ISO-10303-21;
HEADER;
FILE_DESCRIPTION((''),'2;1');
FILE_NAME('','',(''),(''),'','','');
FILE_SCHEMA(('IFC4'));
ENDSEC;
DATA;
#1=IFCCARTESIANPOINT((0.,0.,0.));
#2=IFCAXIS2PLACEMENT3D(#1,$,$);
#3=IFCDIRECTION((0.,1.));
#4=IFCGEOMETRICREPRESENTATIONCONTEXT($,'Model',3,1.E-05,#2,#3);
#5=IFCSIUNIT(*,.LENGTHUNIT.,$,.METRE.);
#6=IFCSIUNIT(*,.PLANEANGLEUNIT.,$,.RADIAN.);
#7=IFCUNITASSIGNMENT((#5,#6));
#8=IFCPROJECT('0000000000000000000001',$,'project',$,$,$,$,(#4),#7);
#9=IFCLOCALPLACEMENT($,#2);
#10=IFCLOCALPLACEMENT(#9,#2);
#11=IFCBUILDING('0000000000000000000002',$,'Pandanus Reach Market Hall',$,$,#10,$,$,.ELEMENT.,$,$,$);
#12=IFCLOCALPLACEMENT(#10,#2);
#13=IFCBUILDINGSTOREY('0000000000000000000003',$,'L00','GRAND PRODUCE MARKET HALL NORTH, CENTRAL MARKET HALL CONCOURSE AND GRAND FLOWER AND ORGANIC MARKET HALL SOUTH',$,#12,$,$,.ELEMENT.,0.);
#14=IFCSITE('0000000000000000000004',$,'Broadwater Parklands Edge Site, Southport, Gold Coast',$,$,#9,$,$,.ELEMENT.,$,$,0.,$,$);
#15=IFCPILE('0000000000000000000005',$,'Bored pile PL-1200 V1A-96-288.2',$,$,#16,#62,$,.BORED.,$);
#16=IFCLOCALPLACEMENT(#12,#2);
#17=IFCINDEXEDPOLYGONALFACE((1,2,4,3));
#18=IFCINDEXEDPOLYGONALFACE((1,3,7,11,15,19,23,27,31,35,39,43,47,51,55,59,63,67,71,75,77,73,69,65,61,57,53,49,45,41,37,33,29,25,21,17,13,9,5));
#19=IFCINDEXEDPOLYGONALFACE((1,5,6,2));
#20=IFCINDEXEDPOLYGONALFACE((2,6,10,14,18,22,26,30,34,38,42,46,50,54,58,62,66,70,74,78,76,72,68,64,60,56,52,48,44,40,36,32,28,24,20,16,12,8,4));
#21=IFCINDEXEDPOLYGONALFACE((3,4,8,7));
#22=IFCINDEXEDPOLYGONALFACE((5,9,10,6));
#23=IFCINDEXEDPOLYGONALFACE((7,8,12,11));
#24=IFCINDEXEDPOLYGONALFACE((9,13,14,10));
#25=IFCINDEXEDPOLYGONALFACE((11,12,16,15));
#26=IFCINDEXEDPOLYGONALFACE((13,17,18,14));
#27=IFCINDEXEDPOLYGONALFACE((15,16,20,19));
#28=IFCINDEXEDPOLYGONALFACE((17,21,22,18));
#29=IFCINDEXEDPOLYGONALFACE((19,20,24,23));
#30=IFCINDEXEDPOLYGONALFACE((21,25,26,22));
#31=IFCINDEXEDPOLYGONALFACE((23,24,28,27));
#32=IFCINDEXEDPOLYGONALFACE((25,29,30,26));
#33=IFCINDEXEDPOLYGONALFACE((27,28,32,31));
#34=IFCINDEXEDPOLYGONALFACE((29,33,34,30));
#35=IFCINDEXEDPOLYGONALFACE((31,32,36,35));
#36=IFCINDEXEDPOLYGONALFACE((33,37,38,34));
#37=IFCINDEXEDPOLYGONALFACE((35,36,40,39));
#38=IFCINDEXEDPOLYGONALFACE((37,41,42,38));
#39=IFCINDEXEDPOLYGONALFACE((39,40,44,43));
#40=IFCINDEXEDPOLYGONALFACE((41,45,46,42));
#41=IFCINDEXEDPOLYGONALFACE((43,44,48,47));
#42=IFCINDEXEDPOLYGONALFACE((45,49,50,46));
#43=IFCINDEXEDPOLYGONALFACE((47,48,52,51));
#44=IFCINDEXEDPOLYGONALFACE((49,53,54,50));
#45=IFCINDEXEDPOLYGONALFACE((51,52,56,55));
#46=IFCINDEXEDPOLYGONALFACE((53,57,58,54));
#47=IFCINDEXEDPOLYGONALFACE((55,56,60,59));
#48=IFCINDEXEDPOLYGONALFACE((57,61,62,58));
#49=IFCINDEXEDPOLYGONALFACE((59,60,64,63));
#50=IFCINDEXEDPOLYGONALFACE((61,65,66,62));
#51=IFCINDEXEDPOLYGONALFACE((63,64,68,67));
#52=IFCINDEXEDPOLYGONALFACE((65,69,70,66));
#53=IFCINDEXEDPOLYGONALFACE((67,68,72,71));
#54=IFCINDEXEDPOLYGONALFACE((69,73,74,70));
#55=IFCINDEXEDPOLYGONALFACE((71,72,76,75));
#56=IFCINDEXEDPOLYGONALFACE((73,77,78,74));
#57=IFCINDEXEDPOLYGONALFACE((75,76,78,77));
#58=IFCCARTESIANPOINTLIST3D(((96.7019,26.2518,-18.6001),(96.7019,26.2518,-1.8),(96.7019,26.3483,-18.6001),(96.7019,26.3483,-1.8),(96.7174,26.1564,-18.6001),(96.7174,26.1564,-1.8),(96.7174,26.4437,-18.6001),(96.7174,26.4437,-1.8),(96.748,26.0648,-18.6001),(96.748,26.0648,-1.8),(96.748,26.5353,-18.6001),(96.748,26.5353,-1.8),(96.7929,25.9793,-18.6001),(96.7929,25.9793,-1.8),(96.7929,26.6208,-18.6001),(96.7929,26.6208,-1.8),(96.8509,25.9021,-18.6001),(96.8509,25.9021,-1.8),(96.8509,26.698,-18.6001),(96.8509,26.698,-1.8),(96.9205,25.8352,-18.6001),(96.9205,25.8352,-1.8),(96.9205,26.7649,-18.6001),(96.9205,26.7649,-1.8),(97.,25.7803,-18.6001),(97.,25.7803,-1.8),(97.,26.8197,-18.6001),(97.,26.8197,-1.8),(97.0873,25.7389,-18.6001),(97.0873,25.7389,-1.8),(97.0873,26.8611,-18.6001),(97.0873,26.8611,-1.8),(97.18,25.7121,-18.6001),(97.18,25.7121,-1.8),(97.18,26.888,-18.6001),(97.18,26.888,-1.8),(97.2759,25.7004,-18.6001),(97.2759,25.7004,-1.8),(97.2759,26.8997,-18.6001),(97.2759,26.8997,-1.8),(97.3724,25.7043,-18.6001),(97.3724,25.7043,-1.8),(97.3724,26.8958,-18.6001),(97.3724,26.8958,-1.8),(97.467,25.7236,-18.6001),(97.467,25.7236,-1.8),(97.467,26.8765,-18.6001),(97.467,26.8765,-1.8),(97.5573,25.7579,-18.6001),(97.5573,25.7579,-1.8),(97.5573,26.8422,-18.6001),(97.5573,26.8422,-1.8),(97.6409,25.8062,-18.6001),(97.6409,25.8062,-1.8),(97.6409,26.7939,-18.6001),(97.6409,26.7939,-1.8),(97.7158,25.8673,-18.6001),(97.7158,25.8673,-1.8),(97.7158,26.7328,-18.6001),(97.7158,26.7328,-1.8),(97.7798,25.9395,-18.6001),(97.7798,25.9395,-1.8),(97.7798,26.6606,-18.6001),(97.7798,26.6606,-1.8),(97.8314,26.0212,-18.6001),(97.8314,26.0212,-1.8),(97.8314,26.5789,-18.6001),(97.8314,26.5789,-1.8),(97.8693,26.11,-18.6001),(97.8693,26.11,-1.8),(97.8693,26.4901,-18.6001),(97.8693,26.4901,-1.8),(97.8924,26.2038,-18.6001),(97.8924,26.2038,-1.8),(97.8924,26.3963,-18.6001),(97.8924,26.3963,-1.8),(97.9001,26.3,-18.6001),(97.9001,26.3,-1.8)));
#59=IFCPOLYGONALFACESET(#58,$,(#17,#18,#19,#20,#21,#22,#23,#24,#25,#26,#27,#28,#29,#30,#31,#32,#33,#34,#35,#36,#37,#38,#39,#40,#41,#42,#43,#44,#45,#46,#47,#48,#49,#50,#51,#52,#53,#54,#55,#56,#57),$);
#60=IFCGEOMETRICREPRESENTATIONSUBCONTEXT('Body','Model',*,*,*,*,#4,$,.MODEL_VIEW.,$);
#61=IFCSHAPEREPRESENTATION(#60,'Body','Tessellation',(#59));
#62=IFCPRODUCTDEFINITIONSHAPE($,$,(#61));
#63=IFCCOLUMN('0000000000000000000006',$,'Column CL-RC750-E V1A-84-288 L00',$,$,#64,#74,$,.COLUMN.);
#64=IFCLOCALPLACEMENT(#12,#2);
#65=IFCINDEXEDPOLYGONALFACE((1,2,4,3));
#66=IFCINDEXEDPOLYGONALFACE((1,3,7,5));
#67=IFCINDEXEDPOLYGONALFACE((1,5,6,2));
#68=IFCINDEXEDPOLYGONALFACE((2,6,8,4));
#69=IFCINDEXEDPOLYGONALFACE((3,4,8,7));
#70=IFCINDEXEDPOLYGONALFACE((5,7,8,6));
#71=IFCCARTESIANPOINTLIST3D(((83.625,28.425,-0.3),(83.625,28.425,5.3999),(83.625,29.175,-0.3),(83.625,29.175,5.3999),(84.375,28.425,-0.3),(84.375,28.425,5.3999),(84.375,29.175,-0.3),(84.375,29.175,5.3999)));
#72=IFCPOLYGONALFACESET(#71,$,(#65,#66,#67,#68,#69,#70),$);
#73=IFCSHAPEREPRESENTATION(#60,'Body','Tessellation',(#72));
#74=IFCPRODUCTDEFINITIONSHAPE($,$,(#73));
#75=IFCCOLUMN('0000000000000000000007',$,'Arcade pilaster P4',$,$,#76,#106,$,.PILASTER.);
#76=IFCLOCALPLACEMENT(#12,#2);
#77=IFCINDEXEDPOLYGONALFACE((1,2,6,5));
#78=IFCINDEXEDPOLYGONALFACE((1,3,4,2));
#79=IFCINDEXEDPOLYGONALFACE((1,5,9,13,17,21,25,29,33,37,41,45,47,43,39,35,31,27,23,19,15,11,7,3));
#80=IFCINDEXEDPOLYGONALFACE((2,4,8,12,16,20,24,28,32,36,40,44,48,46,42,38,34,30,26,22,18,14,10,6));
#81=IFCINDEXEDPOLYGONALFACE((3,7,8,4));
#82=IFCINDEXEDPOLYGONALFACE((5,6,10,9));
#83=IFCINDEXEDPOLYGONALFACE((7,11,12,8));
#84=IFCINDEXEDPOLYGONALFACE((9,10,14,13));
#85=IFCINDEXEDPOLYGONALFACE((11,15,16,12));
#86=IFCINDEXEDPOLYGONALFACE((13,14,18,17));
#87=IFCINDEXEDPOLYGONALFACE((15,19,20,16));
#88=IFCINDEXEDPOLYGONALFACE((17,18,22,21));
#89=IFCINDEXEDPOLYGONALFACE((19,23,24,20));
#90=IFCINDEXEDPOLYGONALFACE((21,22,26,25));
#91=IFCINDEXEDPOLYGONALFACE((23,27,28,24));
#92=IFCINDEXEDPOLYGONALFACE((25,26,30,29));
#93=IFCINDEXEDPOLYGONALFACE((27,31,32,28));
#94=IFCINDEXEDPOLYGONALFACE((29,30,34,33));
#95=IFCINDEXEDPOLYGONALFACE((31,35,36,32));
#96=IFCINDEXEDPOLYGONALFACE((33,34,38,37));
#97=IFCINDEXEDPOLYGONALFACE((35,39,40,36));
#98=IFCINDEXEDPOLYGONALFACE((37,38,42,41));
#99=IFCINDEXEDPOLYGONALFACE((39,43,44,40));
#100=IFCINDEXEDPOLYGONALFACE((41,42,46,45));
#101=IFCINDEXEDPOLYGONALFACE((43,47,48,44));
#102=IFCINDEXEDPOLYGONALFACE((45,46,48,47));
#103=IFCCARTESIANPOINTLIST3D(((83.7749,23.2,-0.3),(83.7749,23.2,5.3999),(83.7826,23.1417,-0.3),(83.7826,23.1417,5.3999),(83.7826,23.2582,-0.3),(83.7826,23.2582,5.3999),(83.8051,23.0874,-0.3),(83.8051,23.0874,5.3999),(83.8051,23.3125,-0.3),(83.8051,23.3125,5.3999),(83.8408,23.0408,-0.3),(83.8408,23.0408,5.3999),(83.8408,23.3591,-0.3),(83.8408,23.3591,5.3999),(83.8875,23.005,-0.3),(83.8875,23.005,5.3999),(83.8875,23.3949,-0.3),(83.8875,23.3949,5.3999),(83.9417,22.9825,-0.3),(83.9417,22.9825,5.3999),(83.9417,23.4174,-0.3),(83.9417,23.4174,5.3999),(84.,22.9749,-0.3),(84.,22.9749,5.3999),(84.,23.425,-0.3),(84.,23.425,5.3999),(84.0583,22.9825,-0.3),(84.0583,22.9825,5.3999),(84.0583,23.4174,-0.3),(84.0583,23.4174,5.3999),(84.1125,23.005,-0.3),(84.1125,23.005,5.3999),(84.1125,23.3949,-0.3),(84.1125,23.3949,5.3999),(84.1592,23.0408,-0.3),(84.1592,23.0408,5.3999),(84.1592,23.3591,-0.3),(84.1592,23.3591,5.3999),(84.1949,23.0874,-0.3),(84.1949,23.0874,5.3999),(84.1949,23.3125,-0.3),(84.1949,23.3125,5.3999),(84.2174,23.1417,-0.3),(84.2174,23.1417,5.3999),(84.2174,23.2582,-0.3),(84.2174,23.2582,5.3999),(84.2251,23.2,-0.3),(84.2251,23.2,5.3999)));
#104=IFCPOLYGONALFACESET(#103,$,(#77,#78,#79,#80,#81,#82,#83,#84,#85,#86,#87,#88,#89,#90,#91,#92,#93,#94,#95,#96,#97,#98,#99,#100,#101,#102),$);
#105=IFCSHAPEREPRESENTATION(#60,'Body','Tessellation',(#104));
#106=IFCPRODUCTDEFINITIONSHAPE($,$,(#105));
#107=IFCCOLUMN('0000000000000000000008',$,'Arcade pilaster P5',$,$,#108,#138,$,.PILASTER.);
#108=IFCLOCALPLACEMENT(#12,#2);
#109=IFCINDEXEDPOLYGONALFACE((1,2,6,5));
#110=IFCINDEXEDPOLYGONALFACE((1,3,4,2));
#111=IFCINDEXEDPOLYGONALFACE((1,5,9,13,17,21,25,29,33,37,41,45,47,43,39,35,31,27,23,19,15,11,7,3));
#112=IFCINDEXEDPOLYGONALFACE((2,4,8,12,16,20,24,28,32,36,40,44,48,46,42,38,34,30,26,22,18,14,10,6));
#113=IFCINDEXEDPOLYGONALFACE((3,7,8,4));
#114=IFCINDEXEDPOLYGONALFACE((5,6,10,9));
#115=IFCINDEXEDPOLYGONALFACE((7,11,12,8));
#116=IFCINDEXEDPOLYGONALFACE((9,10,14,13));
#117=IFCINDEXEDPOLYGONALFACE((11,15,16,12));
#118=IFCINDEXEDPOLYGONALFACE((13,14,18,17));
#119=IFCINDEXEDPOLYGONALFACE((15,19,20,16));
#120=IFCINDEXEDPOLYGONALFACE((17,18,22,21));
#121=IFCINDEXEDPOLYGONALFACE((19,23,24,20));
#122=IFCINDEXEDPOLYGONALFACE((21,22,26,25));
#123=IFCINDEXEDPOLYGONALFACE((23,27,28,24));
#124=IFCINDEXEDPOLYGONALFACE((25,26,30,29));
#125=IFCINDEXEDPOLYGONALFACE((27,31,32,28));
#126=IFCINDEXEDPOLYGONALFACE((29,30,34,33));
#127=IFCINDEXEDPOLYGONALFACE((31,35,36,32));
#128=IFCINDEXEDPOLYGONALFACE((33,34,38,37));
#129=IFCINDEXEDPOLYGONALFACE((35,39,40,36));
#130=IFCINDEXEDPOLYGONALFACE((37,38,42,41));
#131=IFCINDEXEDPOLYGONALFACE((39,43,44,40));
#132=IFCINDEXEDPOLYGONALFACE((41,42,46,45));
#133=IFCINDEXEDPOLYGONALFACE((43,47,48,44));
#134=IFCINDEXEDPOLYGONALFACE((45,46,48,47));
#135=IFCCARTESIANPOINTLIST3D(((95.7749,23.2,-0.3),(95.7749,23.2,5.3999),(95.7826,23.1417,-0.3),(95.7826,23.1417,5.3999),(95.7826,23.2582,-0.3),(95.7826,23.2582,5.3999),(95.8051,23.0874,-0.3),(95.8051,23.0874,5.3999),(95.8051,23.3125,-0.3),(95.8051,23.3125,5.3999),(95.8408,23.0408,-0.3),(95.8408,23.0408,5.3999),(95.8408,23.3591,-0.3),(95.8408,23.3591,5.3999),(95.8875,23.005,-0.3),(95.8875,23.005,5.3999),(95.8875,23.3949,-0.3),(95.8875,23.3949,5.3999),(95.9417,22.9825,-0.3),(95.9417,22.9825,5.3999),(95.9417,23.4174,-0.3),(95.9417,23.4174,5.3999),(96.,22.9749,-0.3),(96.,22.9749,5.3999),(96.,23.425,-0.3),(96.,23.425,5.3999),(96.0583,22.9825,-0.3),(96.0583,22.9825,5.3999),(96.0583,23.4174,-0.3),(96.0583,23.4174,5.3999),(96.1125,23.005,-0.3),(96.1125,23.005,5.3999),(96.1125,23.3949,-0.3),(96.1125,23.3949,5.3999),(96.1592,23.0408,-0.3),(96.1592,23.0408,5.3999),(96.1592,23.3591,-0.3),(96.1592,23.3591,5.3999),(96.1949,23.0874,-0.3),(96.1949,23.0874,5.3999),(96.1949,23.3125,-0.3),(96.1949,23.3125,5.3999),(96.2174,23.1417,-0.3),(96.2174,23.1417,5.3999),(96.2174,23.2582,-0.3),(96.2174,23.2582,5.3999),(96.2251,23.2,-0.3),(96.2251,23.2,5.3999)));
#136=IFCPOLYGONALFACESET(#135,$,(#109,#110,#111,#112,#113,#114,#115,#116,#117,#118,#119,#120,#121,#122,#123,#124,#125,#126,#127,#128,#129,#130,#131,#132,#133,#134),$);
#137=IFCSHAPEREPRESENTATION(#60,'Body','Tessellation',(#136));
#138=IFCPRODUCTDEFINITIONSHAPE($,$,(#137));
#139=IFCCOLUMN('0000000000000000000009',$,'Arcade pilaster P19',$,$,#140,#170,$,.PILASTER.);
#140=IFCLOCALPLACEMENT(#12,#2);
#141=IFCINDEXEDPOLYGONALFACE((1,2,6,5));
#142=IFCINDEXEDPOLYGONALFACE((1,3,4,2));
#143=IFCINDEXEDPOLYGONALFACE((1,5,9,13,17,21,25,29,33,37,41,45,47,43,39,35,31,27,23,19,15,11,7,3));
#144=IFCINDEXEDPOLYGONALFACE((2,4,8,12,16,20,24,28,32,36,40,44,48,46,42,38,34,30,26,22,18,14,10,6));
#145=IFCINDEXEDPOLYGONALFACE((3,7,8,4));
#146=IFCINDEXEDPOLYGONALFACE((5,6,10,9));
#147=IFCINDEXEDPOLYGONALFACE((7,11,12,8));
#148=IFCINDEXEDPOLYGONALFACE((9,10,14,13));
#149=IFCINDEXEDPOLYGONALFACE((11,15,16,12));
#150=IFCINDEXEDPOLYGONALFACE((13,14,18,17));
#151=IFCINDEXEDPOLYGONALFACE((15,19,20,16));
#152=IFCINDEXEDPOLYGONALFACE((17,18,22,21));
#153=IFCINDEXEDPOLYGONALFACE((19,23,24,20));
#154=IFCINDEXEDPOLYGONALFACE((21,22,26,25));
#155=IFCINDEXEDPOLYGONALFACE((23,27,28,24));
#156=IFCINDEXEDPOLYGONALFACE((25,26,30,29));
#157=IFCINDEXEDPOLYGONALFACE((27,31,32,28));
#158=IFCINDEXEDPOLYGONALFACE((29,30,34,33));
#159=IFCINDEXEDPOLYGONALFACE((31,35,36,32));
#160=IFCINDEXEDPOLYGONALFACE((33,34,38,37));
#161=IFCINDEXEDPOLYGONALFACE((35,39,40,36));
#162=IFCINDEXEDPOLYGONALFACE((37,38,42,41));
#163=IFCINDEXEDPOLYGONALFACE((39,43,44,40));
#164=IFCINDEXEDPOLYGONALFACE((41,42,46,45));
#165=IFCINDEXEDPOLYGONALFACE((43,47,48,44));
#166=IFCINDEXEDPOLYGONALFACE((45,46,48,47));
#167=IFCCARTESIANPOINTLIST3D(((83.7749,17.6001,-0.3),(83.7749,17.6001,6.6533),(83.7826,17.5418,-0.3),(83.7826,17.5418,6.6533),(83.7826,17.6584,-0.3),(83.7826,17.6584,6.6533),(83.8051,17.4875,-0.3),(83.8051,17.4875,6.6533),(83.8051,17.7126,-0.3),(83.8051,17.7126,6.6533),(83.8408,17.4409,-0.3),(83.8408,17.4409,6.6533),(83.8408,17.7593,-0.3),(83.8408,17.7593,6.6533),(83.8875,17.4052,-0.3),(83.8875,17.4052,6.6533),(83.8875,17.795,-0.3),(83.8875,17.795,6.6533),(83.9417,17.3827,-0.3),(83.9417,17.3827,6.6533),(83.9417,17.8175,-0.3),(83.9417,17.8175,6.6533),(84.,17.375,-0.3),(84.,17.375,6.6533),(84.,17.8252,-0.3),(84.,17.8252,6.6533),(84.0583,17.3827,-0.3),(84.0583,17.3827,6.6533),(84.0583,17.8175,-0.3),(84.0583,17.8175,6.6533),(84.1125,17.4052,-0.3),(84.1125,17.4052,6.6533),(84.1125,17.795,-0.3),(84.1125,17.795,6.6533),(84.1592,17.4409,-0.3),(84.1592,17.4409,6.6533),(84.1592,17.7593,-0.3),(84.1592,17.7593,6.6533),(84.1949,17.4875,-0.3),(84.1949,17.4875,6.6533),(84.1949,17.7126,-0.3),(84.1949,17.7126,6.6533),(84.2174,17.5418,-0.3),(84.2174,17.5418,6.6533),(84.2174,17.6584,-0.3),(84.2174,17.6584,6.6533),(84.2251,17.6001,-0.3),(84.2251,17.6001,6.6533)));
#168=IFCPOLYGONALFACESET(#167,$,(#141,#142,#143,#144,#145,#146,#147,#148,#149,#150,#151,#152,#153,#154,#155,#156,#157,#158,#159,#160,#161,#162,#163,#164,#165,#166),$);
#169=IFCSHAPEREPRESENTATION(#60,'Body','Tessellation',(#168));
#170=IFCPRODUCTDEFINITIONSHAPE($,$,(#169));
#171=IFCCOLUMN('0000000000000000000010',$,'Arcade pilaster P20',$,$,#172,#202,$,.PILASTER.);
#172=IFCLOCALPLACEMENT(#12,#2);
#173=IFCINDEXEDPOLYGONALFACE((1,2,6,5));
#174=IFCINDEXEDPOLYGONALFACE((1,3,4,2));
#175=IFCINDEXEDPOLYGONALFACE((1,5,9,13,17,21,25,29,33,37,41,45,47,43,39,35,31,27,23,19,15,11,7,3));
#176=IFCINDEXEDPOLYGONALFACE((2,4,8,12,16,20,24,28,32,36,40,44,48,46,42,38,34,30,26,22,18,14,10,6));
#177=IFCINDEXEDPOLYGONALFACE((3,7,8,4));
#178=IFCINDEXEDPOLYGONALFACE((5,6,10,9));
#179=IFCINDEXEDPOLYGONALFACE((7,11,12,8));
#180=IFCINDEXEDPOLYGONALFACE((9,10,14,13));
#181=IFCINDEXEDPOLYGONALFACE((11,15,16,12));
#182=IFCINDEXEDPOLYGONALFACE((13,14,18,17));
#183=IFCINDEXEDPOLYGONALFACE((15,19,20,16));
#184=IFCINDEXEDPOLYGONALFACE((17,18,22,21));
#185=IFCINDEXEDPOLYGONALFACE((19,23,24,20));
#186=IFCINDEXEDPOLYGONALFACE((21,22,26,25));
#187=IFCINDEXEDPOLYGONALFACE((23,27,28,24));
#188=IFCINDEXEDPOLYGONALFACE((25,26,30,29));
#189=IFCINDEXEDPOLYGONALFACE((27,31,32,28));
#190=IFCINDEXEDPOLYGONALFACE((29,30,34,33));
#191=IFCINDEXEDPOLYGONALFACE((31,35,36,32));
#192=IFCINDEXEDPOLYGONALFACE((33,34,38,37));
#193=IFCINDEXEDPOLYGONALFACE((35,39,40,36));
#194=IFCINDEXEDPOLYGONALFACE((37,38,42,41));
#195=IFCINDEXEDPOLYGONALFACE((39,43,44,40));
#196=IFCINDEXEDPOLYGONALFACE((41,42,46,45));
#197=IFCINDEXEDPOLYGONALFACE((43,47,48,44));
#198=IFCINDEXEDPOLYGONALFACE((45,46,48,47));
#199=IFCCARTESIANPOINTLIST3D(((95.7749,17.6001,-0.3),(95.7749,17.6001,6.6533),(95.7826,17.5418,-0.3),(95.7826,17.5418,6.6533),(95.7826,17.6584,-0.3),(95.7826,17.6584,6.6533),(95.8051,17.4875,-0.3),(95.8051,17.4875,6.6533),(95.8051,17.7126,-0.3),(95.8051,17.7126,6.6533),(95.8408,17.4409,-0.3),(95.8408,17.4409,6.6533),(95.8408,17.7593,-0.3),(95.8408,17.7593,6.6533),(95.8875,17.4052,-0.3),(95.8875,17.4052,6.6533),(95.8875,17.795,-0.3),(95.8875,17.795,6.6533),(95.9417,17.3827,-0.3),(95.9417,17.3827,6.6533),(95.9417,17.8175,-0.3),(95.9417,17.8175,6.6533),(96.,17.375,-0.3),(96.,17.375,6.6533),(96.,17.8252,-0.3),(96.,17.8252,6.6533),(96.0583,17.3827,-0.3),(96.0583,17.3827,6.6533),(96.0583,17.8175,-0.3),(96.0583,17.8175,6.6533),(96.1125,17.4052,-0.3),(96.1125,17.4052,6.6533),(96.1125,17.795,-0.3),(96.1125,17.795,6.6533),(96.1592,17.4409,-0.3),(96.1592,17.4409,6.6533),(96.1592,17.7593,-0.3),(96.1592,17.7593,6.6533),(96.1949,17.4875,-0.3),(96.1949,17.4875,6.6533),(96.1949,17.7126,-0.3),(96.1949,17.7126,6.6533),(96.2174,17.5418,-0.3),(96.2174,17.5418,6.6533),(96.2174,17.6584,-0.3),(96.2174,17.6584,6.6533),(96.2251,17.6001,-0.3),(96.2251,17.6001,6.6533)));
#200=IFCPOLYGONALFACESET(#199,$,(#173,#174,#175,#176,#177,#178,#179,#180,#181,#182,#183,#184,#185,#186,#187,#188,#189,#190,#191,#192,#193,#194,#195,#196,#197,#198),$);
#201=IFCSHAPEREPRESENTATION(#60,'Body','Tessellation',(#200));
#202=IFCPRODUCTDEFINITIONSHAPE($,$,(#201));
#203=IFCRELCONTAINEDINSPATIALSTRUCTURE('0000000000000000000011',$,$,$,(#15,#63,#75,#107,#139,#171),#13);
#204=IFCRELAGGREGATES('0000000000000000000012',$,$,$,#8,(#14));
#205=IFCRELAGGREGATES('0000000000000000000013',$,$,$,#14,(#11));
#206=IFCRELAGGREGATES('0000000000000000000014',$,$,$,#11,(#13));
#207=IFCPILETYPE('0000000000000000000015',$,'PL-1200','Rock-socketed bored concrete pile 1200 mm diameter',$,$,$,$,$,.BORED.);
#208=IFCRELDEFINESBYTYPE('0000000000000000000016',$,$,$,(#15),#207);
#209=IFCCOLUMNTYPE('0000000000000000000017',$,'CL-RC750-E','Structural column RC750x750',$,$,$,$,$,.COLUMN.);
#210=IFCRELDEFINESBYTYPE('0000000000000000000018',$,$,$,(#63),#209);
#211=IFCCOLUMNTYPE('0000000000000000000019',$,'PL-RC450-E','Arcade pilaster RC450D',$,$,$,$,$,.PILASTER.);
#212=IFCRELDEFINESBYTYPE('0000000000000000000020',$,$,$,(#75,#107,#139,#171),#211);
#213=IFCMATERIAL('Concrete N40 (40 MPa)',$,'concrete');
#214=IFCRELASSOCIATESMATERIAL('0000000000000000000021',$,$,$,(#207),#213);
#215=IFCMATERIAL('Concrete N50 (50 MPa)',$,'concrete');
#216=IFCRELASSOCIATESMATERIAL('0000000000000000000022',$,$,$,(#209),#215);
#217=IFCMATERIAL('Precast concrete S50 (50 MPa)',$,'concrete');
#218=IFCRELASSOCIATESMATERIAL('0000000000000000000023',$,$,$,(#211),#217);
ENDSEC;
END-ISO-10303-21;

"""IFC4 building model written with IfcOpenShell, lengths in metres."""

from ifc_helpers import new_model, si_unit, direction, frame, origin, origin_2d, place, context, subcontext, project, spatial, rectangle, circle, extrude, material, material_profile, profile_set, type_object, element, save


model = new_model("IFC4")

# Units and contexts
model_context = context("Model", 3, precision=1e-05, world=origin(), true_north=direction((0.0, 1.0)))
body_context = subcontext(model_context, "Body", "Model", "MODEL_VIEW")
ifc_project = project(units=[si_unit("LENGTHUNIT", "METRE"), si_unit("PLANEANGLEUNIT", "RADIAN")], contexts=[model_context])

# Site, building, storey
site_placement = place(None, origin())
site = spatial("IfcSite", under=ifc_project, at=site_placement, Name="Broadwater Parklands Edge Site, Southport, Gold Coast", CompositionType="ELEMENT", RefElevation=0.0)
building_placement = place(site_placement, origin())
building = spatial("IfcBuilding", under=site, at=building_placement, Name="Pandanus Reach Market Hall", CompositionType="ELEMENT")
storey_placement = place(building_placement, origin())
storey = spatial("IfcBuildingStorey", under=building, at=storey_placement, Name="L00", Description="GRAND PRODUCE MARKET HALL NORTH, CENTRAL MARKET HALL CONCOURSE AND GRAND FLOWER AND ORGANIC MARKET HALL SOUTH", CompositionType="ELEMENT", Elevation=0.0)

# Shared definitions
ifc_material_1 = material(Name="Concrete N40 (40 MPa)", Category="concrete")

# Pile
ifc_material_profile_1 = material_profile(ifc_material_1, circle(Radius=0.6001, at=origin_2d()), Name="PILE-1200D", Category="LoadBearing")
ifc_profile_set_1 = profile_set([ifc_material_profile_1], Name="Concrete N40 (40 MPa)")
pile_type = type_object("IfcPileType", Name="PL-1200", Description="Rock-socketed bored concrete pile 1200 mm diameter", PredefinedType="BORED", material=ifc_profile_set_1)
for number, where, z_axis, x_axis, name in (
    (1, (97.3, 26.3, -1.8), (0.0, 0.0, -1.0), (1.0, 0.0, 0.0), "Bored pile PL-1200 V1A-96-288.2"),
):
    element("IfcPile", number, at=place(storey_placement, frame(where, z_axis=z_axis, x_axis=x_axis)), inside=storey, type_object=pile_type, Name=name, PredefinedType="BORED", context=body_context, shape_type="SweptSolid", body=[
        extrude(circle(Radius=0.6001, at=origin_2d()), origin(), (0.0, 0.0, 1.0), 16.8),
    ])

# Columns
ifc_material_2 = material(Name="Concrete N50 (50 MPa)", Category="concrete")
ifc_material_profile_2 = material_profile(ifc_material_2, rectangle(XDim=0.75, YDim=0.75, at=origin_2d()), Name="RC750x750", Category="LoadBearing")
ifc_profile_set_2 = profile_set([ifc_material_profile_2], Name="Concrete N50 (50 MPa)")
column_type_1 = type_object("IfcColumnType", Name="CL-RC750-E", Description="Structural column RC750x750", PredefinedType="COLUMN", material=ifc_profile_set_2)
column_placement = place(storey_placement, frame((84.0, 28.8, -0.3), z_axis=(0.0, 0.0, 1.0), x_axis=(1.0, 0.0, 0.0)))
element("IfcColumn", 2, at=column_placement, inside=storey, type_object=column_type_1, Name="Column CL-RC750-E V1A-84-288 L00", PredefinedType="COLUMN", context=body_context, shape_type="SweptSolid", body=[
    extrude(rectangle(XDim=0.75, YDim=0.75, at=origin_2d()), origin(), (0.0, 0.0, 1.0), 5.7),
])
ifc_material_3 = material(Name="Precast concrete S50 (50 MPa)", Category="concrete")
ifc_material_profile_3 = material_profile(ifc_material_3, circle(Radius=0.2251, at=origin_2d()), Name="RC450D", Category="LoadBearing")
ifc_profile_set_3 = profile_set([ifc_material_profile_3], Name="Precast concrete S50 (50 MPa)")
column_type_2 = type_object("IfcColumnType", Name="PL-RC450-E", Description="Arcade pilaster RC450D", PredefinedType="PILASTER", material=ifc_profile_set_3)
for number, where, z_axis, x_axis, name in (
    (3, (84.0, 23.2, -0.3), (0.0, 0.0, 1.0), (1.0, 0.0, 0.0), "Arcade pilaster P4"),
    (4, (96.0, 23.2, -0.3), (0.0, 0.0, 1.0), (1.0, 0.0, 0.0), "Arcade pilaster P5"),
):
    element("IfcColumn", number, at=place(storey_placement, frame(where, z_axis=z_axis, x_axis=x_axis)), inside=storey, type_object=column_type_2, Name=name, PredefinedType="PILASTER", context=body_context, shape_type="SweptSolid", body=[
        extrude(circle(Radius=0.2251, at=origin_2d()), origin(), (0.0, 0.0, 1.0), 5.7),
    ])
for number, where, z_axis, x_axis, name in (
    (5, (84.0, 17.6001, -0.3), (0.0, 0.0, 1.0), (1.0, 0.0, 0.0), "Arcade pilaster P19"),
    (6, (96.0, 17.6001, -0.3), (0.0, 0.0, 1.0), (1.0, 0.0, 0.0), "Arcade pilaster P20"),
):
    element("IfcColumn", number, at=place(storey_placement, frame(where, z_axis=z_axis, x_axis=x_axis)), inside=storey, type_object=column_type_2, Name=name, PredefinedType="PILASTER", context=body_context, shape_type="SweptSolid", body=[
        extrude(circle(Radius=0.2251, at=origin_2d()), origin(), (0.0, 0.0, 1.0), 6.9534),
    ])

save(model, "model.ifc")
